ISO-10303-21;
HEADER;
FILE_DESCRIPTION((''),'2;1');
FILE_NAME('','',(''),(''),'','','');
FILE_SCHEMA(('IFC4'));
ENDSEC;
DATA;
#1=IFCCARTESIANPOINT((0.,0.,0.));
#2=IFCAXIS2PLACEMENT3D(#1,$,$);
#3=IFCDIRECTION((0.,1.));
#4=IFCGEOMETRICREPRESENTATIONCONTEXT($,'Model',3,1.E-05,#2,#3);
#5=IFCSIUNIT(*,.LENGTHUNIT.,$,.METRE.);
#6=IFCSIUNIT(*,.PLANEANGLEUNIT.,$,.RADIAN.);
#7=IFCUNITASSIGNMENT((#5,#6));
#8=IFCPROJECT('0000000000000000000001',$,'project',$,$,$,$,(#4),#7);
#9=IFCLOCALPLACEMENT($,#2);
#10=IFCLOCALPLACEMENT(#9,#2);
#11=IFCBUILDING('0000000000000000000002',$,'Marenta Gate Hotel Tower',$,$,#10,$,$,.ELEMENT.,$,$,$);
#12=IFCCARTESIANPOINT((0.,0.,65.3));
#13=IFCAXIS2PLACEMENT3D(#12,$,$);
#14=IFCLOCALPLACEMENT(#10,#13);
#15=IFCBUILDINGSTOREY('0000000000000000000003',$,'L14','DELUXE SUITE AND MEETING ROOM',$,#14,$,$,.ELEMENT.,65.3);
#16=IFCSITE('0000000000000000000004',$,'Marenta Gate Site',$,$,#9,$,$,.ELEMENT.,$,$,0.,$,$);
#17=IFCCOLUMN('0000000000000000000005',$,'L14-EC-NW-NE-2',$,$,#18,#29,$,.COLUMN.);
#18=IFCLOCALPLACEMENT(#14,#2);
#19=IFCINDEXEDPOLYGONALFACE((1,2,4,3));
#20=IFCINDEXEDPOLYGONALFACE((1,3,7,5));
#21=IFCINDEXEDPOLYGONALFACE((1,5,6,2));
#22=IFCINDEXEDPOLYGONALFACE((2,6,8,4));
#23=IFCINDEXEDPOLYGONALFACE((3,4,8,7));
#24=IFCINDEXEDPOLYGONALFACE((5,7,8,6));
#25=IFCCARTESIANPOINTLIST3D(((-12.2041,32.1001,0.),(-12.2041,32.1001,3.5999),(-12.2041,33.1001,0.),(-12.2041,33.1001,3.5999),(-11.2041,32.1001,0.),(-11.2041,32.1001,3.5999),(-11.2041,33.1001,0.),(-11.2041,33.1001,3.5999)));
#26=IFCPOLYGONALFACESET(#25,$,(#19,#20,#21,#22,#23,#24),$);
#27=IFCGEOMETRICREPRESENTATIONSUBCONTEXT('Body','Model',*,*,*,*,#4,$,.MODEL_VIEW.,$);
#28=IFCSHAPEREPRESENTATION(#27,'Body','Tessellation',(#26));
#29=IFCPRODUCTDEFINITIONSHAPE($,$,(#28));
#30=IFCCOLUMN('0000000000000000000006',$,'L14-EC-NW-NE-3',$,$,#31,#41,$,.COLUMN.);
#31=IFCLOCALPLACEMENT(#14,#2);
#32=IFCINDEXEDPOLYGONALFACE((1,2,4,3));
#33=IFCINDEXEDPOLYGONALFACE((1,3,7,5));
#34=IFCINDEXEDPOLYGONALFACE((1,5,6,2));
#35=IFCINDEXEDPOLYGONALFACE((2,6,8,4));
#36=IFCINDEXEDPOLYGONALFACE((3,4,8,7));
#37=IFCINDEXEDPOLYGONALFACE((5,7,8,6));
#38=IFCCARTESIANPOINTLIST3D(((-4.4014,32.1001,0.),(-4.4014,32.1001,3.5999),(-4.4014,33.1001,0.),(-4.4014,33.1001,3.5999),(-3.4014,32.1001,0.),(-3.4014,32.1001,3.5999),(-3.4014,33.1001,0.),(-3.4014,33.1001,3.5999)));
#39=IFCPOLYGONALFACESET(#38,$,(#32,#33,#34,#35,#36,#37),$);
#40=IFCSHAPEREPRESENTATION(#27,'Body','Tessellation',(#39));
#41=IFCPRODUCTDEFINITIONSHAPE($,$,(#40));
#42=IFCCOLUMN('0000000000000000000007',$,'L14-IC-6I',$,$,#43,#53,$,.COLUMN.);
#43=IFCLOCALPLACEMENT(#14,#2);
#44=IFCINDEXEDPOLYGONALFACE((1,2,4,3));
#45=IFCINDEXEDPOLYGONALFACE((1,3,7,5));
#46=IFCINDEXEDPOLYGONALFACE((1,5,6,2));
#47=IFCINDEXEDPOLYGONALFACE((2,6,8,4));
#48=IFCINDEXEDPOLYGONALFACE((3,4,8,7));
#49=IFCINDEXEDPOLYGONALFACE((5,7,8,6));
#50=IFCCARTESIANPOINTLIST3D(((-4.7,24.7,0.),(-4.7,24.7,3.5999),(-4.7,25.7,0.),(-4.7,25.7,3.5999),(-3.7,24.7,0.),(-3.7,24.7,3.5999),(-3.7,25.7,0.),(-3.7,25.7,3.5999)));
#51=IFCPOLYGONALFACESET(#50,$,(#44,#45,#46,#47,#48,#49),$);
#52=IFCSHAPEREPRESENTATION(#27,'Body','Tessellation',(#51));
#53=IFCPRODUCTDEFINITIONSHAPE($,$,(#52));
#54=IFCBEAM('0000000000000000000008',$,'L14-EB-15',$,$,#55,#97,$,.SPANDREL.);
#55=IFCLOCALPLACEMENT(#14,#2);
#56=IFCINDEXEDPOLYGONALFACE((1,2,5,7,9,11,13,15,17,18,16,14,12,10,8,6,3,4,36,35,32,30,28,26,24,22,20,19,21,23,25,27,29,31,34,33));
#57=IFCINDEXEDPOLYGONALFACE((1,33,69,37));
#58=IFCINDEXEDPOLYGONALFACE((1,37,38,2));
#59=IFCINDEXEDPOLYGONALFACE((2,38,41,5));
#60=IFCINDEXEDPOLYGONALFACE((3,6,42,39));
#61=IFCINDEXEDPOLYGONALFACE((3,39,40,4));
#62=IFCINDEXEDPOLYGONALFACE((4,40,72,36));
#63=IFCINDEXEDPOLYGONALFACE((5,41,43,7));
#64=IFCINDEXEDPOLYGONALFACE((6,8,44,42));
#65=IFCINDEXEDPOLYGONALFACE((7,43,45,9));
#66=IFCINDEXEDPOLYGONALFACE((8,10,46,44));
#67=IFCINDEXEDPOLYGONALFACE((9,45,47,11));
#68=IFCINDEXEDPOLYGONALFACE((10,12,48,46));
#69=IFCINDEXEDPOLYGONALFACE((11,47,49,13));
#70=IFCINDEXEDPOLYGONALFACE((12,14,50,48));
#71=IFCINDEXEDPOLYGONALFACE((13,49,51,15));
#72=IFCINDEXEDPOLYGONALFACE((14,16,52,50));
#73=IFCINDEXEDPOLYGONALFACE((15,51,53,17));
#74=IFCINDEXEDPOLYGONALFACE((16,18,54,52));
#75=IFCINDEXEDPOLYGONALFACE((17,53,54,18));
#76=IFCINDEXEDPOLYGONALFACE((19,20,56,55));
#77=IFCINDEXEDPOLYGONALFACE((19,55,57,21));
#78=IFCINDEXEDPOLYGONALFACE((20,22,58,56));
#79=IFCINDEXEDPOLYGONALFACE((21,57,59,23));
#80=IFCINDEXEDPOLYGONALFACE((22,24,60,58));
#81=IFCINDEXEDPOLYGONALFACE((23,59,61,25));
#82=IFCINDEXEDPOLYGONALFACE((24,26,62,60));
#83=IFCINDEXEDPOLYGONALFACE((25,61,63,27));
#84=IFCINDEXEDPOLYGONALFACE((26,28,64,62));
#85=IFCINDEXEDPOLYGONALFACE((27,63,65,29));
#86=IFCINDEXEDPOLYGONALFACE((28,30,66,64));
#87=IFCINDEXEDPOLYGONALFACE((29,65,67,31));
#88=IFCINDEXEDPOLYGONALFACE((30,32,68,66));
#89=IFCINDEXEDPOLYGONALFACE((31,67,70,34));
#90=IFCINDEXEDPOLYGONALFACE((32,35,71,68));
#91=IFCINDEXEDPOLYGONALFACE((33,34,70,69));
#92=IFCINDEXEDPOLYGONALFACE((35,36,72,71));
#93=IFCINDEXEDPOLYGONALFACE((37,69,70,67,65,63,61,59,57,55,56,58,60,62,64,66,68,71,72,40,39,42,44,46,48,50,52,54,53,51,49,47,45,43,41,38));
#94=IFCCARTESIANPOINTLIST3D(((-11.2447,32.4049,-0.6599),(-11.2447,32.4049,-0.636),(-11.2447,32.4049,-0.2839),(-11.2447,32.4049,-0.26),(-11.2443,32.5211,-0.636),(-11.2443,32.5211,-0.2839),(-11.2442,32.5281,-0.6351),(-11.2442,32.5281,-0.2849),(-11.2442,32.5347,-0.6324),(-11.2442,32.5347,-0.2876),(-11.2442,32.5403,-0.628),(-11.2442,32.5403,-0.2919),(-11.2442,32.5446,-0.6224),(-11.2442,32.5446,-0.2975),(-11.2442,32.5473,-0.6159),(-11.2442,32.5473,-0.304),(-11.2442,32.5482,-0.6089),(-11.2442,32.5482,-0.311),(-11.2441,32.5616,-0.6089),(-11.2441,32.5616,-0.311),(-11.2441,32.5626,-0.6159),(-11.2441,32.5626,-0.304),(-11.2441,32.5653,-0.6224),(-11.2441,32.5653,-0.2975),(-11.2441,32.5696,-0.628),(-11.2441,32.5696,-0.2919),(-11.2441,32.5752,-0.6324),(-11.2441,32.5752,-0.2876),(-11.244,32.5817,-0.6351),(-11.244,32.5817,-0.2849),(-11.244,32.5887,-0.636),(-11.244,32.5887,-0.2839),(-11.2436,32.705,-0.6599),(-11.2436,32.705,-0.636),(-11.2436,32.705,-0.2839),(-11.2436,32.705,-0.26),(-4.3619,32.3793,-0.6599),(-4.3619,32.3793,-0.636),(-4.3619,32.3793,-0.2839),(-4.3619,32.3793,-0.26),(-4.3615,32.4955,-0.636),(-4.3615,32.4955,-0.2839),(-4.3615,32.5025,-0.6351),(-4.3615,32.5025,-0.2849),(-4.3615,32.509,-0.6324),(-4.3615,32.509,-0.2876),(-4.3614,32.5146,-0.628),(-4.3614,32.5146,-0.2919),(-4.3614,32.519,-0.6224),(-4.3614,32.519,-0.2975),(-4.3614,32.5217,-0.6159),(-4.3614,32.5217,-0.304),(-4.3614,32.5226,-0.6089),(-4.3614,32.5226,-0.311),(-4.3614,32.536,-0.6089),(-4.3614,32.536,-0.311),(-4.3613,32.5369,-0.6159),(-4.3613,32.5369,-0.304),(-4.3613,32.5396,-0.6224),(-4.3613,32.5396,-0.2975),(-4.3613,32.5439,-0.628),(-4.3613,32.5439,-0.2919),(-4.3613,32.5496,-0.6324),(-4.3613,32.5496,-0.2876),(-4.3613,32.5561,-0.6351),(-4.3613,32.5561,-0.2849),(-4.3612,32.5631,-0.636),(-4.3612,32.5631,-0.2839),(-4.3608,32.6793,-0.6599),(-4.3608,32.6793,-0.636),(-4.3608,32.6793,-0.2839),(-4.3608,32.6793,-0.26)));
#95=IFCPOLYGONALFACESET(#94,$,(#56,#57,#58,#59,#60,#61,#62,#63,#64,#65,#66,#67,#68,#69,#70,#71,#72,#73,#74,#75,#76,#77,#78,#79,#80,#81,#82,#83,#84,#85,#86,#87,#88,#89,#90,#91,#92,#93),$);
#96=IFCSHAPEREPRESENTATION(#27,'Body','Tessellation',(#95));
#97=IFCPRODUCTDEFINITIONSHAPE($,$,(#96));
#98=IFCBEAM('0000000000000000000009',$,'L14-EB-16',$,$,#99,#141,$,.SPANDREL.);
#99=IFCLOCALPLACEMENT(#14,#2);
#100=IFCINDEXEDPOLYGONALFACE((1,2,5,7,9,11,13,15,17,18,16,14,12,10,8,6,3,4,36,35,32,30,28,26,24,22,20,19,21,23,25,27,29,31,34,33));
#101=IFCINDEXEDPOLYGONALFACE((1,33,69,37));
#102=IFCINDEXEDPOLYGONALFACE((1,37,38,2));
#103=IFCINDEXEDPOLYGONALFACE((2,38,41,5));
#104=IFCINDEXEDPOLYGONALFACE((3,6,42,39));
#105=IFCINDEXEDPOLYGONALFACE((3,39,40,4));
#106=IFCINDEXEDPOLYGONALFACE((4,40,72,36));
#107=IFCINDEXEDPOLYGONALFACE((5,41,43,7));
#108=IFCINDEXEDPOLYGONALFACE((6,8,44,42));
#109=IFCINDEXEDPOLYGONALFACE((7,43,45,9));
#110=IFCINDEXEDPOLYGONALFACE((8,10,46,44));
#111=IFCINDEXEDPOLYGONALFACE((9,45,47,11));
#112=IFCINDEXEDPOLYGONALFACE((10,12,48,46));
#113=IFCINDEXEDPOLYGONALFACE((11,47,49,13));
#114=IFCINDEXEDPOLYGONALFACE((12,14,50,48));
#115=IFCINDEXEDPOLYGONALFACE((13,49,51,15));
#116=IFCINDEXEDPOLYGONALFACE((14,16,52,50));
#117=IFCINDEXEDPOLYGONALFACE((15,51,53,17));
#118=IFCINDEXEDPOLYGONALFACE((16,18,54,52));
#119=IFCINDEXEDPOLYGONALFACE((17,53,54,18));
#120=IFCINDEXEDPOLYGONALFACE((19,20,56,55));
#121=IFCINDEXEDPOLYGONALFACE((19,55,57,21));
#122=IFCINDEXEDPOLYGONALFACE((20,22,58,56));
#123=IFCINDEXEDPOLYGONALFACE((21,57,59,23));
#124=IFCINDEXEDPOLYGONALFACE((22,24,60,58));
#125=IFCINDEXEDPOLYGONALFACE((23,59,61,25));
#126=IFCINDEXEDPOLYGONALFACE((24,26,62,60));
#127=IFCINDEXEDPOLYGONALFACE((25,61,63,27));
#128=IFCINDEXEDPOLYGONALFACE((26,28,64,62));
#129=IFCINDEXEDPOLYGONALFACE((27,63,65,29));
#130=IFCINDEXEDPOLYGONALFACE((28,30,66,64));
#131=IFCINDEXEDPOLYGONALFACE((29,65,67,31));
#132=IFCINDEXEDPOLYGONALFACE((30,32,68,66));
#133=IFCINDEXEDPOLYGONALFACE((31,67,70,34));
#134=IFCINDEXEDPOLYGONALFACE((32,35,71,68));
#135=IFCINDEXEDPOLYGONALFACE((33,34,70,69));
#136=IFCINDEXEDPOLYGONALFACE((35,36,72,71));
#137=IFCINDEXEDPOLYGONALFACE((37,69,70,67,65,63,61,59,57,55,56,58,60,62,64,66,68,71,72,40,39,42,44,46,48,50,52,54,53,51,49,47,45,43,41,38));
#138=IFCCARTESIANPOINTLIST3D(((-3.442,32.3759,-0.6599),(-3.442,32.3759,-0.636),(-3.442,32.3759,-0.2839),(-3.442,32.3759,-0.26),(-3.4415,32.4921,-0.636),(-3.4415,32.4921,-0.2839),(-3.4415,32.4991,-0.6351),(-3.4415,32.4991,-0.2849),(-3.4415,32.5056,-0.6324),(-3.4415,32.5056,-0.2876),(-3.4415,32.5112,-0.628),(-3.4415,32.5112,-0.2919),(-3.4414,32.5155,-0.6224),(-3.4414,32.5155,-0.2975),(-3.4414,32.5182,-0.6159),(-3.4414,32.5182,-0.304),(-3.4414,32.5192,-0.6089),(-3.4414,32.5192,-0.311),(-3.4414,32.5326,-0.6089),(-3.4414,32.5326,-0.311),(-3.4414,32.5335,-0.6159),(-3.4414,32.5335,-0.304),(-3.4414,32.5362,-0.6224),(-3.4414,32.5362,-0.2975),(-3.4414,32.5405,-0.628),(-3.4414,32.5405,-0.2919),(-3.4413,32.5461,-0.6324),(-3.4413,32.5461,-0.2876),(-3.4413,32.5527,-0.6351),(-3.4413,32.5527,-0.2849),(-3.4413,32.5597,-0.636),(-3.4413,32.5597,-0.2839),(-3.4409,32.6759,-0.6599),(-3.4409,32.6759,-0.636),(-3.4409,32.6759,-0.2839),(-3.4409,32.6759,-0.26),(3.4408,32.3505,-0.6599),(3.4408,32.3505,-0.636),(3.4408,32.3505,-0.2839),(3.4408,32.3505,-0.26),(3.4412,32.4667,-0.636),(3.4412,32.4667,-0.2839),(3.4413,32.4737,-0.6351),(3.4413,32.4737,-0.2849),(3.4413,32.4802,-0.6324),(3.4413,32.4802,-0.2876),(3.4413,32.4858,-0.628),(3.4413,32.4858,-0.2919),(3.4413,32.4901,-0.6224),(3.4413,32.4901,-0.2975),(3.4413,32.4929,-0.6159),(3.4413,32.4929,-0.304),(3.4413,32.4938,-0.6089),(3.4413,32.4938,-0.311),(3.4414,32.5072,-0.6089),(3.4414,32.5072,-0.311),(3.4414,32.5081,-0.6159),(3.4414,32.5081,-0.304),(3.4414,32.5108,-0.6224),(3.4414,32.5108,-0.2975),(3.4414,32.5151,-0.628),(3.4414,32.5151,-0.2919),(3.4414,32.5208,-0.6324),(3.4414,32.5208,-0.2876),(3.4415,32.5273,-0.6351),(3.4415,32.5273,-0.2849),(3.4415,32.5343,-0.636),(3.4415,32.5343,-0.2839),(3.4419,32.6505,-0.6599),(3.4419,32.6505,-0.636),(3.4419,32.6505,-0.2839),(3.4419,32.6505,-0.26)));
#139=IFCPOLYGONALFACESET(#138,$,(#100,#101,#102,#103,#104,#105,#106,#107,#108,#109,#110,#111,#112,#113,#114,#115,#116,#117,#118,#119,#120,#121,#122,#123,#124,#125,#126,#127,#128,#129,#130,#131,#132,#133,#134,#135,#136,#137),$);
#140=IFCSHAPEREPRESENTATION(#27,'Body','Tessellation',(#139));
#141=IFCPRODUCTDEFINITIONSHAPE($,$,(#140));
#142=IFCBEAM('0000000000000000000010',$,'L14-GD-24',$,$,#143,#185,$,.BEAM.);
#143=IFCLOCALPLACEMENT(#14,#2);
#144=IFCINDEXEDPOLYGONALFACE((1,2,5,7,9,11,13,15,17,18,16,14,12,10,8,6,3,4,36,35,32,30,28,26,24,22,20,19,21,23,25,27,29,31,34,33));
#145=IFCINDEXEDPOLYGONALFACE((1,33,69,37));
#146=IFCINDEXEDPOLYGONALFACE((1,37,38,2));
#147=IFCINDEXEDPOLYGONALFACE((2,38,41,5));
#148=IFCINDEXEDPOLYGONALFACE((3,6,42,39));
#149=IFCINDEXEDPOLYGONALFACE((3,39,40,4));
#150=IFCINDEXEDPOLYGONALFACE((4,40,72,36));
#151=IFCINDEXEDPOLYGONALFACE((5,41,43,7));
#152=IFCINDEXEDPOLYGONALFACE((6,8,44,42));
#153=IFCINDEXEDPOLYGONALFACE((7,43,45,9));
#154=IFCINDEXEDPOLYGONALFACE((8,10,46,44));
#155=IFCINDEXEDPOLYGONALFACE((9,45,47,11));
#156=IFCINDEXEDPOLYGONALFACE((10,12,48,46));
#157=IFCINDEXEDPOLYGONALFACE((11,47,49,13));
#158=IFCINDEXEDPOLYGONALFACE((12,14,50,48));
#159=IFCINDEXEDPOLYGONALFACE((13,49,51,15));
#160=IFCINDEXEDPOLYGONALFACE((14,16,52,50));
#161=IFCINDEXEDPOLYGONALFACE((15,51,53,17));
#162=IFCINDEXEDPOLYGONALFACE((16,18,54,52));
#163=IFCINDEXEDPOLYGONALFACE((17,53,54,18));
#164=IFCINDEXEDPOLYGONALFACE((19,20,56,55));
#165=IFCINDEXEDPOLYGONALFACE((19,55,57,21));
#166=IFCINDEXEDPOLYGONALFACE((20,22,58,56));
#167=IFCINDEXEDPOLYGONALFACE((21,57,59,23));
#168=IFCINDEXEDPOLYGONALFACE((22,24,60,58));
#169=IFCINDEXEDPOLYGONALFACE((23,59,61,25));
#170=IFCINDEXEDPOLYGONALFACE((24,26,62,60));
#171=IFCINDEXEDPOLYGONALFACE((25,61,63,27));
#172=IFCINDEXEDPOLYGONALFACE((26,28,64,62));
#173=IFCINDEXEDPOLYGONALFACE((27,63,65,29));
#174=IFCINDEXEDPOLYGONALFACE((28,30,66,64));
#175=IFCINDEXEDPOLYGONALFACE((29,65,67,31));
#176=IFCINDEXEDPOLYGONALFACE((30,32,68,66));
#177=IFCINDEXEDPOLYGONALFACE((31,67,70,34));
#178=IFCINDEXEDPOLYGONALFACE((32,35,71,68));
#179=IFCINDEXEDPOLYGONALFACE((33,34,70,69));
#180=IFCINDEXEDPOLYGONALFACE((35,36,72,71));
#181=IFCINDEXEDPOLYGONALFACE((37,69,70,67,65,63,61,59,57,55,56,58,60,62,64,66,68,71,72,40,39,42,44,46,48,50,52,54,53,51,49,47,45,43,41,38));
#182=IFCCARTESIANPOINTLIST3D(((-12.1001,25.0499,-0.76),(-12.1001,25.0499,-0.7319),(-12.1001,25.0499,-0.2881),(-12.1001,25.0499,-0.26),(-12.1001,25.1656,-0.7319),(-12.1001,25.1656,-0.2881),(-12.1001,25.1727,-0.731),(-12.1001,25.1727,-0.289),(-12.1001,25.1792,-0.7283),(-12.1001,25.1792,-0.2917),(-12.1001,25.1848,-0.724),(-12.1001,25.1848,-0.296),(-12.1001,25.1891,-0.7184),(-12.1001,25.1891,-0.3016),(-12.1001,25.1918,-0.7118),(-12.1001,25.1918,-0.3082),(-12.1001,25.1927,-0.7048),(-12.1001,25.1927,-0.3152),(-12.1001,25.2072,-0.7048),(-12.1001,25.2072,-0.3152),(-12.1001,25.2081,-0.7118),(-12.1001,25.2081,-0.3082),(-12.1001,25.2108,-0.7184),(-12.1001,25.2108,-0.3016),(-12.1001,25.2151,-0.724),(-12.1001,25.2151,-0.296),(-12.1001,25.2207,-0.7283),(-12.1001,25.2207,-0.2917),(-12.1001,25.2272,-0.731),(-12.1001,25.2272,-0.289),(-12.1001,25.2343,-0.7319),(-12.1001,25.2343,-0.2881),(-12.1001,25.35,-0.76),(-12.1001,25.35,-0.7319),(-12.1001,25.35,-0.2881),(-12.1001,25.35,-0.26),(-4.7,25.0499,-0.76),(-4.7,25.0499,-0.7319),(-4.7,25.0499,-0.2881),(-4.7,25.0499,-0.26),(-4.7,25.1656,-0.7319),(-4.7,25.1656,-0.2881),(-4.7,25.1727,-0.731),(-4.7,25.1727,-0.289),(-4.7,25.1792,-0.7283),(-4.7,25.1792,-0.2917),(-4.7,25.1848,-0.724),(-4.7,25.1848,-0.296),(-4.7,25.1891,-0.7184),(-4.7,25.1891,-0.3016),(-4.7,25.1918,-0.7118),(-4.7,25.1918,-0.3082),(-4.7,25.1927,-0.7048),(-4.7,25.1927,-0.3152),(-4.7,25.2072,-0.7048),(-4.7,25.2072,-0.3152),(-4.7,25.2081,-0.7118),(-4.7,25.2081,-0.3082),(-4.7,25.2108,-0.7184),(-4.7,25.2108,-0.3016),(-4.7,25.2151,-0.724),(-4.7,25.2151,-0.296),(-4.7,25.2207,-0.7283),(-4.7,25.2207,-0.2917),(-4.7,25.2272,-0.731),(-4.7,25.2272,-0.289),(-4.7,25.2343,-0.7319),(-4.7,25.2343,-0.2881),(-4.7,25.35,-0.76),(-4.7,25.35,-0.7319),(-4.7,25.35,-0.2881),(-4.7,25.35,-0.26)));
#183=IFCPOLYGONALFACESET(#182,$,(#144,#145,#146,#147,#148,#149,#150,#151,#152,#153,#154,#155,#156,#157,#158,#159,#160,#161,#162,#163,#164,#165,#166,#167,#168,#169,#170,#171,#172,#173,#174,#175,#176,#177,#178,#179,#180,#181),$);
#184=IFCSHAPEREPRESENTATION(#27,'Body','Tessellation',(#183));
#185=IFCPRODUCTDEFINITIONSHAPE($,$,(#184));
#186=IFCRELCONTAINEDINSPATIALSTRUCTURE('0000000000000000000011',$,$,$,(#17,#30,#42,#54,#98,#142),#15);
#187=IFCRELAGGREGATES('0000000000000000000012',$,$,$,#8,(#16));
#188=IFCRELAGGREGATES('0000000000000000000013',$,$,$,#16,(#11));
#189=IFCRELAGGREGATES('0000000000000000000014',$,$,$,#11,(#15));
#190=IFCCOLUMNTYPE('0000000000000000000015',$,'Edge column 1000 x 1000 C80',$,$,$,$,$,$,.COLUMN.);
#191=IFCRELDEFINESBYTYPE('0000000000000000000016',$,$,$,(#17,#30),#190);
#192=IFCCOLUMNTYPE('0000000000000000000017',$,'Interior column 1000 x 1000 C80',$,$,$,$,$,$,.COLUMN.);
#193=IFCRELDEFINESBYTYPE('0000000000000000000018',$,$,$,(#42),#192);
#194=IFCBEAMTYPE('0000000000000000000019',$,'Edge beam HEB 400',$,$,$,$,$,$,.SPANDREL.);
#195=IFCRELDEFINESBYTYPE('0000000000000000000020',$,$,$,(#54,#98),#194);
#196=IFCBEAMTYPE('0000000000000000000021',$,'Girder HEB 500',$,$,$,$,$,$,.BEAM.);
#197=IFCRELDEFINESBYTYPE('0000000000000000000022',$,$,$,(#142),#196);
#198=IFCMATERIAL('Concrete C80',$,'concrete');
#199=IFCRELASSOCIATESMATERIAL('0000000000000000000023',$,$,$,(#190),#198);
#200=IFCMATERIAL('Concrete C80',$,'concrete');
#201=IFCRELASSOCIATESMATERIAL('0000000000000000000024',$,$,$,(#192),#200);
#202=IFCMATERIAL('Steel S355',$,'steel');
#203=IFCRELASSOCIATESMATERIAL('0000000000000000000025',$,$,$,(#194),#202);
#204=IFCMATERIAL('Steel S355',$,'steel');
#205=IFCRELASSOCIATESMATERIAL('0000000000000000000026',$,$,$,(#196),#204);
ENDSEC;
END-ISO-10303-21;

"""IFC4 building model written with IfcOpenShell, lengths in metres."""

from ifc_helpers import new_model, si_unit, direction, frame, origin, origin_2d, place, context, subcontext, project, spatial, rectangle, i_section, extrude, material, material_profile, profile_set, type_object, element, save


model = new_model("IFC4")

# Units and contexts
model_context = context("Model", 3, precision=1e-05, world=origin(), true_north=direction((0.0, 1.0)))
body_context = subcontext(model_context, "Body", "Model", "MODEL_VIEW")
ifc_project = project(units=[si_unit("LENGTHUNIT", "METRE"), si_unit("PLANEANGLEUNIT", "RADIAN")], contexts=[model_context])

# Site, building, storey
site_placement = place(None, origin())
site = spatial("IfcSite", under=ifc_project, at=site_placement, Name="Marenta Gate Site", CompositionType="ELEMENT", RefElevation=0.0)
building_placement = place(site_placement, origin())
building = spatial("IfcBuilding", under=site, at=building_placement, Name="Marenta Gate Hotel Tower", CompositionType="ELEMENT")
storey_placement = place(building_placement, frame((0.0, 0.0, 65.3)))
storey = spatial("IfcBuildingStorey", under=building, at=storey_placement, Name="L14", Description="DELUXE SUITE AND MEETING ROOM", CompositionType="ELEMENT", Elevation=65.3)

# Columns
ifc_material_1 = material(Name="Concrete C80", Category="concrete")
ifc_material_profile_1 = material_profile(ifc_material_1, rectangle(XDim=1.0, YDim=1.0, at=origin_2d()), Name="1000 x 1000")
ifc_profile_set_1 = profile_set([ifc_material_profile_1], Name="Concrete C80")
column_type_1 = type_object("IfcColumnType", Name="Edge column 1000 x 1000 C80", PredefinedType="COLUMN", material=ifc_profile_set_1)
for number, where, z_axis, x_axis, name in (
    (1, (-11.7041, 32.6001, 0.0), (0.0, 0.0, 1.0), (1.0, 0.0, 0.0), "L14-EC-NW-NE-2"),
    (2, (-3.9014, 32.6001, 0.0), (0.0, 0.0, 1.0), (1.0, 0.0, 0.0), "L14-EC-NW-NE-3"),
):
    element("IfcColumn", number, at=place(storey_placement, frame(where, z_axis=z_axis, x_axis=x_axis)), inside=storey, type_object=column_type_1, Name=name, PredefinedType="COLUMN", context=body_context, shape_type="SweptSolid", body=[
        extrude(rectangle(XDim=1.0, YDim=1.0, at=origin_2d()), origin(), (0.0, 0.0, 1.0), 3.5999),
    ])
ifc_material_2 = material(Name="Concrete C80", Category="concrete")
ifc_material_profile_2 = material_profile(ifc_material_2, rectangle(XDim=1.0, YDim=1.0, at=origin_2d()), Name="1000 x 1000")
ifc_profile_set_2 = profile_set([ifc_material_profile_2], Name="Concrete C80")
column_type_2 = type_object("IfcColumnType", Name="Interior column 1000 x 1000 C80", PredefinedType="COLUMN", material=ifc_profile_set_2)
column_placement = place(storey_placement, frame((-4.2, 25.2, 0.0), z_axis=(0.0, 0.0, 1.0), x_axis=(1.0, 0.0, 0.0)))
element("IfcColumn", 3, at=column_placement, inside=storey, type_object=column_type_2, Name="L14-IC-6I", PredefinedType="COLUMN", context=body_context, shape_type="SweptSolid", body=[
    extrude(rectangle(XDim=1.0, YDim=1.0, at=origin_2d()), origin(), (0.0, 0.0, 1.0), 3.5999),
])

# Beams
ifc_material_3 = material(Name="Steel S355", Category="steel")
ifc_material_profile_3 = material_profile(ifc_material_3, i_section(OverallWidth=0.3, OverallDepth=0.3999, WebThickness=0.0134, FlangeThickness=0.0239, FilletRadius=0.0271, at=origin_2d()), Name="HEB 400")
ifc_profile_set_3 = profile_set([ifc_material_profile_3], Name="Steel S355")
beam_type_1 = type_object("IfcBeamType", Name="Edge beam HEB 400", PredefinedType="SPANDREL", material=ifc_profile_set_3)
for number, where, z_axis, x_axis, name in (
    (4, (-11.2441, 32.5549, -0.46), (0.999993, -0.003724, 0.0), (0.003724, 0.999993, 0.0), "L14-EB-15"),
    (5, (-3.4414, 32.5259, -0.46), (0.999993, -0.003689, 0.0), (0.003689, 0.999993, 0.0), "L14-EB-16"),
):
    element("IfcBeam", number, at=place(storey_placement, frame(where, z_axis=z_axis, x_axis=x_axis)), inside=storey, type_object=beam_type_1, Name=name, PredefinedType="SPANDREL", context=body_context, shape_type="SweptSolid", body=[
        extrude(i_section(OverallWidth=0.3, OverallDepth=0.3999, WebThickness=0.0134, FlangeThickness=0.0239, FilletRadius=0.0271, at=origin_2d()), origin(), (0.0, 0.0, 1.0), 6.8828),
    ])
ifc_material_4 = material(Name="Steel S355", Category="steel")
ifc_material_profile_4 = material_profile(ifc_material_4, i_section(OverallWidth=0.3, OverallDepth=0.5, WebThickness=0.0144, FlangeThickness=0.0281, FilletRadius=0.0271, at=origin_2d()), Name="HEB 500")
ifc_profile_set_4 = profile_set([ifc_material_profile_4], Name="Steel S355")
beam_type_2 = type_object("IfcBeamType", Name="Girder HEB 500", PredefinedType="BEAM", material=ifc_profile_set_4)
beam_1_placement = place(storey_placement, frame((-12.1001, 25.2, -0.51), z_axis=(1.0, 0.0, 0.0), x_axis=(0.0, 1.0, 0.0)))
element("IfcBeam", 6, at=beam_1_placement, inside=storey, type_object=beam_type_2, Name="L14-GD-24", PredefinedType="BEAM", context=body_context, shape_type="SweptSolid", body=[
    extrude(i_section(OverallWidth=0.3, OverallDepth=0.5, WebThickness=0.0144, FlangeThickness=0.0281, FilletRadius=0.0271, at=origin_2d()), origin(), (0.0, 0.0, 1.0), 7.4001),
])

save(model, "model.ifc")
